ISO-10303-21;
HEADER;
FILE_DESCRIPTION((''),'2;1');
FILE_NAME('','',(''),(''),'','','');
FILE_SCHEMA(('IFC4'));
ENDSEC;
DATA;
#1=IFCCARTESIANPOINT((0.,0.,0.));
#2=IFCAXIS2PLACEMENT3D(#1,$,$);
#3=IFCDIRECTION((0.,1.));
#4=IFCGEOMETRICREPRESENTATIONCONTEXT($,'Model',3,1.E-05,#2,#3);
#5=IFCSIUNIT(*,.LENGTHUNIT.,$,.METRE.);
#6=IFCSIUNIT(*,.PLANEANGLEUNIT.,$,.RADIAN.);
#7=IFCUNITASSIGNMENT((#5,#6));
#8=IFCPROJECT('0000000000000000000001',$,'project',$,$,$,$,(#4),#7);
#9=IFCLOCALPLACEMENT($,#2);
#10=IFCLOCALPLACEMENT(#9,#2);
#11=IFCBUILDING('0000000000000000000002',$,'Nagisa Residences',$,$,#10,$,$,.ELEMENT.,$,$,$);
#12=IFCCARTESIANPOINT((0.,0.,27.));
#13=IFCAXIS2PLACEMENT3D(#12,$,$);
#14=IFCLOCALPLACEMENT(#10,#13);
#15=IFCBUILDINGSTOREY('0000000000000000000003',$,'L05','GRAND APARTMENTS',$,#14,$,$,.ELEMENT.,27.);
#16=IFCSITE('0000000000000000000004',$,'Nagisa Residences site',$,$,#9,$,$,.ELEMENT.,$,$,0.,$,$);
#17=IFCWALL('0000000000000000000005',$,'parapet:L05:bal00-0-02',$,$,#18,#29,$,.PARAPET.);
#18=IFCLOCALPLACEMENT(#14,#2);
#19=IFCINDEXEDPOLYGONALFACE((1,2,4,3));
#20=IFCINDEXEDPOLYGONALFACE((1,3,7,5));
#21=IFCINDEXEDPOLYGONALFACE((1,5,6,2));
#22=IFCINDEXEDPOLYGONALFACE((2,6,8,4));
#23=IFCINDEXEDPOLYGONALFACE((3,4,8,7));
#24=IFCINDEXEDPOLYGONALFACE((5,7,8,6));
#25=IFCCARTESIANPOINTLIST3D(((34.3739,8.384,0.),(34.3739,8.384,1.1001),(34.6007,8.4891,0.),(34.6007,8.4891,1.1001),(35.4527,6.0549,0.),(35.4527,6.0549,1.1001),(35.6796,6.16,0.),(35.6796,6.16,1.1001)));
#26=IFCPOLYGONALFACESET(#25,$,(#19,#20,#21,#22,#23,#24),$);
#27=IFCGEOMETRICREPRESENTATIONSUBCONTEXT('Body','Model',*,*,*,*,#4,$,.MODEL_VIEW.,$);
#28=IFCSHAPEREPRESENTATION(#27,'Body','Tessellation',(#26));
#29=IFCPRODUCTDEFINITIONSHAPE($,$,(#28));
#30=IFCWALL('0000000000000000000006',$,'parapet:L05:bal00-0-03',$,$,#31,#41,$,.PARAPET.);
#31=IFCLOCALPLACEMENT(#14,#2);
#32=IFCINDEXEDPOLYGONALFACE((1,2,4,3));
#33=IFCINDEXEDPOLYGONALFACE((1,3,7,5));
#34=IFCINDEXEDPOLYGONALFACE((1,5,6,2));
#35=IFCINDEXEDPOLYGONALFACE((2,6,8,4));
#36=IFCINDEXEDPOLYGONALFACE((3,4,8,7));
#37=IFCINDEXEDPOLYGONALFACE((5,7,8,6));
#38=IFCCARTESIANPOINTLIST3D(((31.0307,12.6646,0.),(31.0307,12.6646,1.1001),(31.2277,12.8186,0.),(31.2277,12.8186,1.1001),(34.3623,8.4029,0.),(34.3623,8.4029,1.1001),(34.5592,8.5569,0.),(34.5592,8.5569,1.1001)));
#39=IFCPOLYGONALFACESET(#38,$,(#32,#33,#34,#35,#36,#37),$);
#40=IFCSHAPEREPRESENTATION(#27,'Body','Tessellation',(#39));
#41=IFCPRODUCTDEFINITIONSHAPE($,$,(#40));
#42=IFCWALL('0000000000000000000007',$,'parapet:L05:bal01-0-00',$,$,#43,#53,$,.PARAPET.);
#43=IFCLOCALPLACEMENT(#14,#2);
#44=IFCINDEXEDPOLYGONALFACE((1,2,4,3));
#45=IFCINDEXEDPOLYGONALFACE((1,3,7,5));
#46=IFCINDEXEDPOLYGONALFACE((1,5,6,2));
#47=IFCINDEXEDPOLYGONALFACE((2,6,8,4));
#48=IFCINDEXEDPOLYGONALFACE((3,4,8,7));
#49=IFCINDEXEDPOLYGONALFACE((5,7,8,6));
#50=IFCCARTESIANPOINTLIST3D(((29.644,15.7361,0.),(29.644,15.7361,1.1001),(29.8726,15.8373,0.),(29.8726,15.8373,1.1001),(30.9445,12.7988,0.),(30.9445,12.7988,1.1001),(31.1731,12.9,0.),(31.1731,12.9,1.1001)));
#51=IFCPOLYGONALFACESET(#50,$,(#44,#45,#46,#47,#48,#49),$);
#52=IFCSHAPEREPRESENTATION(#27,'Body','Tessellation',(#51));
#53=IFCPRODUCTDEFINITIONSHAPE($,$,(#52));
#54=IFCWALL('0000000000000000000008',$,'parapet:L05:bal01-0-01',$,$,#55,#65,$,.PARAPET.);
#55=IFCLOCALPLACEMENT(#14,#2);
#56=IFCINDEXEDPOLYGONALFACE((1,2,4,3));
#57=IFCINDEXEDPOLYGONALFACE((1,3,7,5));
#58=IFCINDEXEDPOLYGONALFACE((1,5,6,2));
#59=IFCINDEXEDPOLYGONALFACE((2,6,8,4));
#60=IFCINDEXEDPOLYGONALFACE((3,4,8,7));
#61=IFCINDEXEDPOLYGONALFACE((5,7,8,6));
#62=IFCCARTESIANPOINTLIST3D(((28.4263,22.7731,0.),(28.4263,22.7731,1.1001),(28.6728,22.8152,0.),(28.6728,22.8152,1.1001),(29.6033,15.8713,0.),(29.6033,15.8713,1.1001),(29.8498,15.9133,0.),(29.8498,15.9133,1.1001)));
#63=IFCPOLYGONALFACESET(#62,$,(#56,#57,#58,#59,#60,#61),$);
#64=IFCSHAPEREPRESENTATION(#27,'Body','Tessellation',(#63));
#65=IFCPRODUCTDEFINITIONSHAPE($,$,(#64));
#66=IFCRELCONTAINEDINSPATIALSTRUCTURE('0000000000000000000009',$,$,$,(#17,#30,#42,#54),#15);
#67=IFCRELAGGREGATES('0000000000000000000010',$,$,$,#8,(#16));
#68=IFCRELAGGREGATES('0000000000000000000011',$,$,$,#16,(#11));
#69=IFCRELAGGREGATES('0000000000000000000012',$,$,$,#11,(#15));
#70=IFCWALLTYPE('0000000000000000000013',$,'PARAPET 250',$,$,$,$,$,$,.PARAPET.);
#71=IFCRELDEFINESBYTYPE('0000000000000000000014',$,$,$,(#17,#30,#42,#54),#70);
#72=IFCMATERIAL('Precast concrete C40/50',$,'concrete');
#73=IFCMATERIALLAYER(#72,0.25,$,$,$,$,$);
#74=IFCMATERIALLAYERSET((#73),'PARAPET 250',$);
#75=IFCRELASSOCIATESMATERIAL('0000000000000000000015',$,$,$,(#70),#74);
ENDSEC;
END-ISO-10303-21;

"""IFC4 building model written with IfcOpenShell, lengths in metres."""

from ifc_helpers import new_model, si_unit, direction, frame, frame_2d, origin, place, context, subcontext, project, spatial, rectangle, extrude, material, layer, layer_set, type_object, element, save


model = new_model("IFC4")

# Units and contexts
model_context = context("Model", 3, precision=1e-05, world=origin(), true_north=direction((0.0, 1.0)))
body_context = subcontext(model_context, "Body", "Model", "MODEL_VIEW")
ifc_project = project(units=[si_unit("LENGTHUNIT", "METRE"), si_unit("PLANEANGLEUNIT", "RADIAN")], contexts=[model_context])

# Site, building, storey
site_placement = place(None, origin())
site = spatial("IfcSite", under=ifc_project, at=site_placement, Name="Nagisa Residences site", CompositionType="ELEMENT", RefElevation=0.0)
building_placement = place(site_placement, origin())
building = spatial("IfcBuilding", under=site, at=building_placement, Name="Nagisa Residences", CompositionType="ELEMENT")
storey_placement = place(building_placement, frame((0.0, 0.0, 27.0)))
storey = spatial("IfcBuildingStorey", under=building, at=storey_placement, Name="L05", Description="GRAND APARTMENTS", CompositionType="ELEMENT", Elevation=27.0)

# Walls
ifc_material_1 = material(Name="Precast concrete C40/50", Category="concrete")
ifc_layer_1 = layer(ifc_material_1, 0.25)
ifc_layer_set_1 = layer_set([ifc_layer_1], Name="PARAPET 250")
wall_type_1 = type_object("IfcWallType", Name="PARAPET 250", PredefinedType="PARAPET", material=ifc_layer_set_1)
wall_1_placement = place(storey_placement, frame((35.5662, 6.1074, 0.0), z_axis=(0.0, 0.0, 1.0), x_axis=(-0.420306, 0.907382, 0.0)))
element("IfcWall", 1, at=wall_1_placement, inside=storey, type_object=wall_type_1, Name="parapet:L05:bal00-0-02", PredefinedType="PARAPET", context=body_context, shape_type="SweptSolid", body=[
    extrude(rectangle(XDim=2.5669, YDim=0.25, at=frame_2d((1.2834, 0.0))), origin(), (0.0, 0.0, 1.0), 1.1001),
])
wall_2_placement = place(storey_placement, frame((34.4607, 8.48, 0.0), z_axis=(0.0, 0.0, 1.0), x_axis=(-0.615882, 0.787838, 0.0)))
element("IfcWall", 2, at=wall_2_placement, inside=storey, type_object=wall_type_1, Name="parapet:L05:bal00-0-03", PredefinedType="PARAPET", context=body_context, shape_type="SweptSolid", body=[
    extrude(rectangle(XDim=5.4094, YDim=0.25, at=frame_2d((2.7046, 0.0))), origin(), (0.0, 0.0, 1.0), 1.1001),
])
wall_3_placement = place(storey_placement, frame((31.0588, 12.8494, 0.0), z_axis=(0.0, 0.0, 1.0), x_axis=(-0.404862, 0.914378, 0.0)))
element("IfcWall", 3, at=wall_3_placement, inside=storey, type_object=wall_type_1, Name="parapet:L05:bal01-0-00", PredefinedType="PARAPET", context=body_context, shape_type="SweptSolid", body=[
    extrude(rectangle(XDim=3.2124, YDim=0.25, at=frame_2d((1.6062, 0.0))), origin(), (0.0, 0.0, 1.0), 1.1001),
])
wall_4_placement = place(storey_placement, frame((29.7266, 15.8923, 0.0), z_axis=(0.0, 0.0, 1.0), x_axis=(-0.168107, 0.985769, 0.0)))
element("IfcWall", 4, at=wall_4_placement, inside=storey, type_object=wall_type_1, Name="parapet:L05:bal01-0-01", PredefinedType="PARAPET", context=body_context, shape_type="SweptSolid", body=[
    extrude(rectangle(XDim=7.0015, YDim=0.25, at=frame_2d((3.5007, 0.0))), origin(), (0.0, 0.0, 1.0), 1.1001),
])

save(model, "model.ifc")
